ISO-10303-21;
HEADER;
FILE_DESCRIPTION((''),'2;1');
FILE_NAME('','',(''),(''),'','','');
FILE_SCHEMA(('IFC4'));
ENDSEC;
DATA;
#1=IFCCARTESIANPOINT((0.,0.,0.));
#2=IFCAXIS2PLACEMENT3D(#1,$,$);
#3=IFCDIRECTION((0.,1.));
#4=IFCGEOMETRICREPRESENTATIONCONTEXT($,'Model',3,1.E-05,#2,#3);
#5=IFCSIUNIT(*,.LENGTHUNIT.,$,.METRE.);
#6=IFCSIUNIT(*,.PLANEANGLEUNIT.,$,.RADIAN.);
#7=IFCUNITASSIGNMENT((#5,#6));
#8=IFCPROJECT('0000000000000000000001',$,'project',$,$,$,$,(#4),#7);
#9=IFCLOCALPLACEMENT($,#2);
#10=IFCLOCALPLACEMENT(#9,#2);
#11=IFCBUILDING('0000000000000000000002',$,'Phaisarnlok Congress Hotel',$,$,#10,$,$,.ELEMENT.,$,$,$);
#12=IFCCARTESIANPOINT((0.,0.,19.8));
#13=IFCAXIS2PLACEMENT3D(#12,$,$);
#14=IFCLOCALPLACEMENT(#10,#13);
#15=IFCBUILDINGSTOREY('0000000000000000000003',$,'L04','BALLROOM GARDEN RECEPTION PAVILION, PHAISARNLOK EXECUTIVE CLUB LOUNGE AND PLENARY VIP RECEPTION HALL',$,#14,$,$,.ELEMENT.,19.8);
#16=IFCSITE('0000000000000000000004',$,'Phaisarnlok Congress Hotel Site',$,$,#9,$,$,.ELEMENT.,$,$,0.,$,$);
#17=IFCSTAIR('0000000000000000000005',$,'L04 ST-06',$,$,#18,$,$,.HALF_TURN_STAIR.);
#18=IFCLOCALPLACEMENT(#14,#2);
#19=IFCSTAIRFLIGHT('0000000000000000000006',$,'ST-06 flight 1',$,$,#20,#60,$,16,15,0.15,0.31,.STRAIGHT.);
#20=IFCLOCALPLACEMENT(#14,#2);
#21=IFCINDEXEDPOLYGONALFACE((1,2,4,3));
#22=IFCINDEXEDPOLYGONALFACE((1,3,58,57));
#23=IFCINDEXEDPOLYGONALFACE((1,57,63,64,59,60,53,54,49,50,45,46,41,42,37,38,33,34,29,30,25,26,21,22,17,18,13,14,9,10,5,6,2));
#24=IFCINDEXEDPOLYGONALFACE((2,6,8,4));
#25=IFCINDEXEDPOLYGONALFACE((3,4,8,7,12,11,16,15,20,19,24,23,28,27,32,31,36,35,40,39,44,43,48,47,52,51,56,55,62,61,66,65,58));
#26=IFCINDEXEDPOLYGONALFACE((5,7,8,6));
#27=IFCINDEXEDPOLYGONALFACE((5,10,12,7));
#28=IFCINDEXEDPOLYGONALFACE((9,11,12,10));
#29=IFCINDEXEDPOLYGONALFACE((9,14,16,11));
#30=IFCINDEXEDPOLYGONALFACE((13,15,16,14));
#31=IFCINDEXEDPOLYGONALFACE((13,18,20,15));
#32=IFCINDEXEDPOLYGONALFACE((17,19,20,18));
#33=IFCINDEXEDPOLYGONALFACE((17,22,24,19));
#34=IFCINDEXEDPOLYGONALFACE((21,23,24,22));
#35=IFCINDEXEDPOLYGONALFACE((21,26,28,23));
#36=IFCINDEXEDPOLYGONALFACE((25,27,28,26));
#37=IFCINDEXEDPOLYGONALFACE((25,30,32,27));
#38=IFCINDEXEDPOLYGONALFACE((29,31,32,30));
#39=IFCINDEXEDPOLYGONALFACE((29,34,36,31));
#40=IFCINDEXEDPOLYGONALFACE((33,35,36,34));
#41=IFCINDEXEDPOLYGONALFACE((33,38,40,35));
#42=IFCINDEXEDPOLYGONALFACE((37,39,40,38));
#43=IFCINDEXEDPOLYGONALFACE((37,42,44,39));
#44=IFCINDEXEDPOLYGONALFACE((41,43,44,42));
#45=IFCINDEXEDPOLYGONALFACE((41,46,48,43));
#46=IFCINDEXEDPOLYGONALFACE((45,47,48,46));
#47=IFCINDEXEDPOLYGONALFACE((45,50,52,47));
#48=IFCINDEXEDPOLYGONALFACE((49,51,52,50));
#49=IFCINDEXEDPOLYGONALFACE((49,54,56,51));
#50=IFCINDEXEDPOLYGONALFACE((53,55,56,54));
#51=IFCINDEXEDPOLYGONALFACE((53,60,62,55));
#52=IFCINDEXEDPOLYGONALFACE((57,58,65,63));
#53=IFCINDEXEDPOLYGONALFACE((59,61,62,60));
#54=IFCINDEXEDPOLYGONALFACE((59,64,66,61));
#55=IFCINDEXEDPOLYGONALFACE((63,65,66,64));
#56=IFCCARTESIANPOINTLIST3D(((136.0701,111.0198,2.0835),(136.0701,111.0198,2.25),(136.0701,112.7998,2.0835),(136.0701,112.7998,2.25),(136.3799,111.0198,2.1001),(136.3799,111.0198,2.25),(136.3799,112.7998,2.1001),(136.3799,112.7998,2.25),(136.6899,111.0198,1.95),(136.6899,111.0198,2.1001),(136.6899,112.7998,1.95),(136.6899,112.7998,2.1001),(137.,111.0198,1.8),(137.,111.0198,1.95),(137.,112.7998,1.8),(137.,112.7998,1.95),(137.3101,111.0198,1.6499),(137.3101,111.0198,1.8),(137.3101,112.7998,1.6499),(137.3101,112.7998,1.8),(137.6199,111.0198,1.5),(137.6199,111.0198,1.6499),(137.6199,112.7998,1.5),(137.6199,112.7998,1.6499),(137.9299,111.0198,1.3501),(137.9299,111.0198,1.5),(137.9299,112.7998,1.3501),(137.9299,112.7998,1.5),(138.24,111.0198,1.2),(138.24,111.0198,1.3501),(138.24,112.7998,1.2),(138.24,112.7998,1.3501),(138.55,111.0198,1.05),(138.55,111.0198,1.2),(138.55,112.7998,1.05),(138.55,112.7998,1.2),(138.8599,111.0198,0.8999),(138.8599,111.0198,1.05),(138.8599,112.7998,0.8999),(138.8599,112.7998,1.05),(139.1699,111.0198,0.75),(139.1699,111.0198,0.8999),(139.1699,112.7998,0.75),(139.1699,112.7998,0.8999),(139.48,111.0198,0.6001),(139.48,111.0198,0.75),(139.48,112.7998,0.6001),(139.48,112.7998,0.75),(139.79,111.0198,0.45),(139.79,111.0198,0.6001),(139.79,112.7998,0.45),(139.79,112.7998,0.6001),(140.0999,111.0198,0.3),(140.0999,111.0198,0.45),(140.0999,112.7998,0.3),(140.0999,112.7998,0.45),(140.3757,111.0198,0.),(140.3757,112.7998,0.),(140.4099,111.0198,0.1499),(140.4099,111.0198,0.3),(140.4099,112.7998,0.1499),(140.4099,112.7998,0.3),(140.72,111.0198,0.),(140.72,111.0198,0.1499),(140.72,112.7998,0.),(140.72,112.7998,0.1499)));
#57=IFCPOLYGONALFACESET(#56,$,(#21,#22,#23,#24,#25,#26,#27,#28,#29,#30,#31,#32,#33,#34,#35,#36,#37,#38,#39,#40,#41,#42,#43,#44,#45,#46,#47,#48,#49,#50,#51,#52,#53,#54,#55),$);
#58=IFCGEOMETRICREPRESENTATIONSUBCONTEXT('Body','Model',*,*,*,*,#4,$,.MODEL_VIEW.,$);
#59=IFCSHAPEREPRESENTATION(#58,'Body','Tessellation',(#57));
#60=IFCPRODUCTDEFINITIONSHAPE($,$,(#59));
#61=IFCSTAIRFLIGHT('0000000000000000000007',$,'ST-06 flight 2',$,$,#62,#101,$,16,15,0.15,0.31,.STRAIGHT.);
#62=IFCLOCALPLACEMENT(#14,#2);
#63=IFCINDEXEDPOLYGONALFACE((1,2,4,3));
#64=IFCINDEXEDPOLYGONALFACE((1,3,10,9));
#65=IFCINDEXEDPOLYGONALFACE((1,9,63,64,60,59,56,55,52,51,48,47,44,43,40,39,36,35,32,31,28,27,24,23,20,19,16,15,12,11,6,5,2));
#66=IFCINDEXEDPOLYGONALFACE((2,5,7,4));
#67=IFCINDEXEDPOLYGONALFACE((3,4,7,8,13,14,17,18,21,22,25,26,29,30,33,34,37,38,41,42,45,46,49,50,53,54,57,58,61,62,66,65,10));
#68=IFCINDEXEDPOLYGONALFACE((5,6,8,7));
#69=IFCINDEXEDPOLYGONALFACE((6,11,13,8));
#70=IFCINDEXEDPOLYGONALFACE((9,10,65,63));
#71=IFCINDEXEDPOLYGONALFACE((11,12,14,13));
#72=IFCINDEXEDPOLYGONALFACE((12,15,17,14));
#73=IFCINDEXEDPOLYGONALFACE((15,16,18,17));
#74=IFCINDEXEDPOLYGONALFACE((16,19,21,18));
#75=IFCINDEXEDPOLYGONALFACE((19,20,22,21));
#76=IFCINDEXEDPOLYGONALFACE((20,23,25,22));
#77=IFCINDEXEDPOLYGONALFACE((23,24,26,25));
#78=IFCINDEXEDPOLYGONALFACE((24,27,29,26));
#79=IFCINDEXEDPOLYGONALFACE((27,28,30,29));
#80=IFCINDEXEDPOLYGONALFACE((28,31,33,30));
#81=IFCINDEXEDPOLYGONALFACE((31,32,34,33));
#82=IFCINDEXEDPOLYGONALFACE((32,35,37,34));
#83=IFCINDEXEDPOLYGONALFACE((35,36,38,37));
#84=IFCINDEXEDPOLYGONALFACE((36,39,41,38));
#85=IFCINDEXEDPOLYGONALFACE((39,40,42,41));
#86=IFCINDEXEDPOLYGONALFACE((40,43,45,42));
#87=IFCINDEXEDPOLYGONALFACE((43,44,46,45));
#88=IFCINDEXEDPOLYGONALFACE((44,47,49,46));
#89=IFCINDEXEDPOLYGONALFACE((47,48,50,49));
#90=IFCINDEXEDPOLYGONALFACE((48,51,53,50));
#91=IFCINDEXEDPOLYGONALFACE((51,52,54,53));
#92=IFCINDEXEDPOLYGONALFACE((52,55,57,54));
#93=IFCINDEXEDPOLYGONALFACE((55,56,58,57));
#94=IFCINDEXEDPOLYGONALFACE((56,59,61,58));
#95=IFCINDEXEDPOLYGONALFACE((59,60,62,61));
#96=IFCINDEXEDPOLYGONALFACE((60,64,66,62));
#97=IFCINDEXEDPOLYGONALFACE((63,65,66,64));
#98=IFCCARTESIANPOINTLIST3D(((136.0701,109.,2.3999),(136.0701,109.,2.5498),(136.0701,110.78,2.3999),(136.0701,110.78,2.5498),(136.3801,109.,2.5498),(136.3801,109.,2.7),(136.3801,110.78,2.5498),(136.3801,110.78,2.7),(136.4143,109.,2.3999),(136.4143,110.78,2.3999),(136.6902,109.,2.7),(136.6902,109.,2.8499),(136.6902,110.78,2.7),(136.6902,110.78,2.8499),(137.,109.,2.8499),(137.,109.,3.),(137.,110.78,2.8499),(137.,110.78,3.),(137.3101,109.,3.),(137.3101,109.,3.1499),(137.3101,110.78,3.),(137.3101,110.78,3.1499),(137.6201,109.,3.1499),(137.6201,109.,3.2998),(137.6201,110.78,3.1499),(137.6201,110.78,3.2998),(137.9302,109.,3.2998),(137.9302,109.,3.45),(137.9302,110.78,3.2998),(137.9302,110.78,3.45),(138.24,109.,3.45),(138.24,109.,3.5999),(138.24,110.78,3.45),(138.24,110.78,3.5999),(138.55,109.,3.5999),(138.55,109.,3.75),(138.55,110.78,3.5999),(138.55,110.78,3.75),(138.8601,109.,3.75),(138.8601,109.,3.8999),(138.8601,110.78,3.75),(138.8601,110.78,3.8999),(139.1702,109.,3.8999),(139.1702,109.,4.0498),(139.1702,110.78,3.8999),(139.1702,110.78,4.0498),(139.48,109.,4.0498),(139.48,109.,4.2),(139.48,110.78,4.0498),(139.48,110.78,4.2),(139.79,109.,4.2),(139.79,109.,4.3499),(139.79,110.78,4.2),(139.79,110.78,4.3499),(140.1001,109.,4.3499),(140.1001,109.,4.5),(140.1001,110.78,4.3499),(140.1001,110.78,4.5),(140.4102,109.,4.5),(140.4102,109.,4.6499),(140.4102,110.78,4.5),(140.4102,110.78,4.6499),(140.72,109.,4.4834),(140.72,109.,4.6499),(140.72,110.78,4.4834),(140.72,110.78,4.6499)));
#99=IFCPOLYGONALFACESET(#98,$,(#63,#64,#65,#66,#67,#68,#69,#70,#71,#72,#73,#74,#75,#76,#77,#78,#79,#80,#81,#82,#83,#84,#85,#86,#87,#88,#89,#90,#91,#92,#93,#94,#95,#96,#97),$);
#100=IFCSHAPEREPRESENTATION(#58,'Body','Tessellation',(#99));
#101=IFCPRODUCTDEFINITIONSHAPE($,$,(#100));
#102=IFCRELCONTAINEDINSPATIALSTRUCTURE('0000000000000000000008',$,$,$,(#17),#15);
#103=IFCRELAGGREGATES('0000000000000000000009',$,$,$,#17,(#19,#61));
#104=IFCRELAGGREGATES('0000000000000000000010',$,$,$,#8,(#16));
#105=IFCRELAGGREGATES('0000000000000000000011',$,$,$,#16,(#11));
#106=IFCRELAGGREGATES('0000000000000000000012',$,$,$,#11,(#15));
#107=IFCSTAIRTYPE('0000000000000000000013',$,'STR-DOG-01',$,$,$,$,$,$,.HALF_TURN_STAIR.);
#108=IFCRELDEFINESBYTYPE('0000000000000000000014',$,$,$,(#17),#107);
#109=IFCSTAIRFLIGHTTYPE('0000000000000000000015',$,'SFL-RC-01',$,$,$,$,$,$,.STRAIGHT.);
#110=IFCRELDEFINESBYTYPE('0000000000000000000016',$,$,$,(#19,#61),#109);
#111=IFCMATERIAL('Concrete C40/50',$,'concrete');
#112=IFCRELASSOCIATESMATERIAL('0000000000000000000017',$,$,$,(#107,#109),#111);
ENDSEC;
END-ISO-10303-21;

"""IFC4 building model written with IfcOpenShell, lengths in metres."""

from ifc_helpers import new_model, si_unit, direction, frame, origin, place, context, subcontext, project, spatial, polyline, outline, extrude, material, type_object, element, aggregate, save


model = new_model("IFC4")

# Units and contexts
model_context = context("Model", 3, precision=1e-05, world=origin(), true_north=direction((0.0, 1.0)))
body_context = subcontext(model_context, "Body", "Model", "MODEL_VIEW")
ifc_project = project(units=[si_unit("LENGTHUNIT", "METRE"), si_unit("PLANEANGLEUNIT", "RADIAN")], contexts=[model_context])

# Site, building, storey
site_placement = place(None, origin())
site = spatial("IfcSite", under=ifc_project, at=site_placement, Name="Phaisarnlok Congress Hotel Site", CompositionType="ELEMENT", RefElevation=0.0)
building_placement = place(site_placement, origin())
building = spatial("IfcBuilding", under=site, at=building_placement, Name="Phaisarnlok Congress Hotel", CompositionType="ELEMENT")
storey_placement = place(building_placement, frame((0.0, 0.0, 19.8)))
storey = spatial("IfcBuildingStorey", under=building, at=storey_placement, Name="L04", Description="BALLROOM GARDEN RECEPTION PAVILION, PHAISARNLOK EXECUTIVE CLUB LOUNGE AND PLENARY VIP RECEPTION HALL", CompositionType="ELEMENT", Elevation=19.8)

# Shared definitions
ifc_material_1 = material(Name="Concrete C40/50", Category="concrete")

# Stair, stair flights
stair_type = type_object("IfcStairType", Name="STR-DOG-01", PredefinedType="HALF_TURN_STAIR", material=ifc_material_1)
stair_placement = place(storey_placement, origin())
stair = element("IfcStair", 1, at=stair_placement, inside=storey, type_object=stair_type, Name="L04 ST-06", PredefinedType="HALF_TURN_STAIR")
stair_flight_type = type_object("IfcStairFlightType", Name="SFL-RC-01", PredefinedType="STRAIGHT", material=ifc_material_1)
stair_flight_1_placement = place(storey_placement, frame((140.72, 111.9099, 0.0), z_axis=(0.0, 0.0, 1.0), x_axis=(-1.0, 0.0, 0.0)))
stair_flight_1 = element("IfcStairFlight", 2, at=stair_flight_1_placement, type_object=stair_flight_type, Name="ST-06 flight 1", NumberOfRisers=16, NumberOfTreads=15, PredefinedType="STRAIGHT", RiserHeight=0.15, TreadLength=0.31, context=body_context, shape_type="SweptSolid", body=[
    extrude(outline(polyline([(0.0, 0.0), (0.0, 0.1499), (0.3101, 0.1499), (0.3101, 0.3), (0.6201, 0.3), (0.6201, 0.45), (0.9299, 0.45), (0.9299, 0.6001), (1.24, 0.6001), (1.24, 0.75), (1.55, 0.75), (1.55, 0.8999), (1.8601, 0.8999), (1.8601, 1.05), (2.1699, 1.05), (2.1699, 1.2), (2.48, 1.2), (2.48, 1.3501), (2.79, 1.3501), (2.79, 1.5), (3.1001, 1.5), (3.1001, 1.6499), (3.4099, 1.6499), (3.4099, 1.8), (3.72, 1.8), (3.72, 1.95), (4.03, 1.95), (4.03, 2.1001), (4.3401, 2.1001), (4.3401, 2.25), (4.6499, 2.25), (4.6499, 2.3999), (4.6499, 2.0835), (0.3442, 0.0), (0.0, 0.0)])), frame((0.0, 0.8901, 0.0), z_axis=(0.0, -1.0, 0.0), x_axis=(1.0, 0.0, 0.0)), (0.0, 0.0, 1.0), 1.78),
])
stair_flight_2_placement = place(storey_placement, frame((136.0701, 109.8899, 2.3999), z_axis=(0.0, 0.0, 1.0), x_axis=(1.0, 0.0, 0.0)))
stair_flight_2 = element("IfcStairFlight", 3, at=stair_flight_2_placement, type_object=stair_flight_type, Name="ST-06 flight 2", NumberOfRisers=16, NumberOfTreads=15, PredefinedType="STRAIGHT", RiserHeight=0.15, TreadLength=0.31, context=body_context, shape_type="SweptSolid", body=[
    extrude(outline(polyline([(0.0, 0.0), (0.0, 0.1499), (0.3101, 0.1499), (0.3101, 0.3), (0.6201, 0.3), (0.6201, 0.45), (0.9299, 0.45), (0.9299, 0.6001), (1.24, 0.6001), (1.24, 0.75), (1.55, 0.75), (1.55, 0.8999), (1.8601, 0.8999), (1.8601, 1.05), (2.1699, 1.05), (2.1699, 1.2), (2.48, 1.2), (2.48, 1.3501), (2.79, 1.3501), (2.79, 1.5), (3.1001, 1.5), (3.1001, 1.6499), (3.4099, 1.6499), (3.4099, 1.8), (3.72, 1.8), (3.72, 1.95), (4.03, 1.95), (4.03, 2.1001), (4.3401, 2.1001), (4.3401, 2.25), (4.6499, 2.25), (4.6499, 2.3999), (4.6499, 2.0835), (0.3442, 0.0), (0.0, 0.0)])), frame((0.0, 0.8901, 0.0), z_axis=(0.0, -1.0, 0.0), x_axis=(1.0, 0.0, 0.0)), (0.0, 0.0, 1.0), 1.78),
])
aggregate(stair, [stair_flight_1, stair_flight_2])

save(model, "model.ifc")
